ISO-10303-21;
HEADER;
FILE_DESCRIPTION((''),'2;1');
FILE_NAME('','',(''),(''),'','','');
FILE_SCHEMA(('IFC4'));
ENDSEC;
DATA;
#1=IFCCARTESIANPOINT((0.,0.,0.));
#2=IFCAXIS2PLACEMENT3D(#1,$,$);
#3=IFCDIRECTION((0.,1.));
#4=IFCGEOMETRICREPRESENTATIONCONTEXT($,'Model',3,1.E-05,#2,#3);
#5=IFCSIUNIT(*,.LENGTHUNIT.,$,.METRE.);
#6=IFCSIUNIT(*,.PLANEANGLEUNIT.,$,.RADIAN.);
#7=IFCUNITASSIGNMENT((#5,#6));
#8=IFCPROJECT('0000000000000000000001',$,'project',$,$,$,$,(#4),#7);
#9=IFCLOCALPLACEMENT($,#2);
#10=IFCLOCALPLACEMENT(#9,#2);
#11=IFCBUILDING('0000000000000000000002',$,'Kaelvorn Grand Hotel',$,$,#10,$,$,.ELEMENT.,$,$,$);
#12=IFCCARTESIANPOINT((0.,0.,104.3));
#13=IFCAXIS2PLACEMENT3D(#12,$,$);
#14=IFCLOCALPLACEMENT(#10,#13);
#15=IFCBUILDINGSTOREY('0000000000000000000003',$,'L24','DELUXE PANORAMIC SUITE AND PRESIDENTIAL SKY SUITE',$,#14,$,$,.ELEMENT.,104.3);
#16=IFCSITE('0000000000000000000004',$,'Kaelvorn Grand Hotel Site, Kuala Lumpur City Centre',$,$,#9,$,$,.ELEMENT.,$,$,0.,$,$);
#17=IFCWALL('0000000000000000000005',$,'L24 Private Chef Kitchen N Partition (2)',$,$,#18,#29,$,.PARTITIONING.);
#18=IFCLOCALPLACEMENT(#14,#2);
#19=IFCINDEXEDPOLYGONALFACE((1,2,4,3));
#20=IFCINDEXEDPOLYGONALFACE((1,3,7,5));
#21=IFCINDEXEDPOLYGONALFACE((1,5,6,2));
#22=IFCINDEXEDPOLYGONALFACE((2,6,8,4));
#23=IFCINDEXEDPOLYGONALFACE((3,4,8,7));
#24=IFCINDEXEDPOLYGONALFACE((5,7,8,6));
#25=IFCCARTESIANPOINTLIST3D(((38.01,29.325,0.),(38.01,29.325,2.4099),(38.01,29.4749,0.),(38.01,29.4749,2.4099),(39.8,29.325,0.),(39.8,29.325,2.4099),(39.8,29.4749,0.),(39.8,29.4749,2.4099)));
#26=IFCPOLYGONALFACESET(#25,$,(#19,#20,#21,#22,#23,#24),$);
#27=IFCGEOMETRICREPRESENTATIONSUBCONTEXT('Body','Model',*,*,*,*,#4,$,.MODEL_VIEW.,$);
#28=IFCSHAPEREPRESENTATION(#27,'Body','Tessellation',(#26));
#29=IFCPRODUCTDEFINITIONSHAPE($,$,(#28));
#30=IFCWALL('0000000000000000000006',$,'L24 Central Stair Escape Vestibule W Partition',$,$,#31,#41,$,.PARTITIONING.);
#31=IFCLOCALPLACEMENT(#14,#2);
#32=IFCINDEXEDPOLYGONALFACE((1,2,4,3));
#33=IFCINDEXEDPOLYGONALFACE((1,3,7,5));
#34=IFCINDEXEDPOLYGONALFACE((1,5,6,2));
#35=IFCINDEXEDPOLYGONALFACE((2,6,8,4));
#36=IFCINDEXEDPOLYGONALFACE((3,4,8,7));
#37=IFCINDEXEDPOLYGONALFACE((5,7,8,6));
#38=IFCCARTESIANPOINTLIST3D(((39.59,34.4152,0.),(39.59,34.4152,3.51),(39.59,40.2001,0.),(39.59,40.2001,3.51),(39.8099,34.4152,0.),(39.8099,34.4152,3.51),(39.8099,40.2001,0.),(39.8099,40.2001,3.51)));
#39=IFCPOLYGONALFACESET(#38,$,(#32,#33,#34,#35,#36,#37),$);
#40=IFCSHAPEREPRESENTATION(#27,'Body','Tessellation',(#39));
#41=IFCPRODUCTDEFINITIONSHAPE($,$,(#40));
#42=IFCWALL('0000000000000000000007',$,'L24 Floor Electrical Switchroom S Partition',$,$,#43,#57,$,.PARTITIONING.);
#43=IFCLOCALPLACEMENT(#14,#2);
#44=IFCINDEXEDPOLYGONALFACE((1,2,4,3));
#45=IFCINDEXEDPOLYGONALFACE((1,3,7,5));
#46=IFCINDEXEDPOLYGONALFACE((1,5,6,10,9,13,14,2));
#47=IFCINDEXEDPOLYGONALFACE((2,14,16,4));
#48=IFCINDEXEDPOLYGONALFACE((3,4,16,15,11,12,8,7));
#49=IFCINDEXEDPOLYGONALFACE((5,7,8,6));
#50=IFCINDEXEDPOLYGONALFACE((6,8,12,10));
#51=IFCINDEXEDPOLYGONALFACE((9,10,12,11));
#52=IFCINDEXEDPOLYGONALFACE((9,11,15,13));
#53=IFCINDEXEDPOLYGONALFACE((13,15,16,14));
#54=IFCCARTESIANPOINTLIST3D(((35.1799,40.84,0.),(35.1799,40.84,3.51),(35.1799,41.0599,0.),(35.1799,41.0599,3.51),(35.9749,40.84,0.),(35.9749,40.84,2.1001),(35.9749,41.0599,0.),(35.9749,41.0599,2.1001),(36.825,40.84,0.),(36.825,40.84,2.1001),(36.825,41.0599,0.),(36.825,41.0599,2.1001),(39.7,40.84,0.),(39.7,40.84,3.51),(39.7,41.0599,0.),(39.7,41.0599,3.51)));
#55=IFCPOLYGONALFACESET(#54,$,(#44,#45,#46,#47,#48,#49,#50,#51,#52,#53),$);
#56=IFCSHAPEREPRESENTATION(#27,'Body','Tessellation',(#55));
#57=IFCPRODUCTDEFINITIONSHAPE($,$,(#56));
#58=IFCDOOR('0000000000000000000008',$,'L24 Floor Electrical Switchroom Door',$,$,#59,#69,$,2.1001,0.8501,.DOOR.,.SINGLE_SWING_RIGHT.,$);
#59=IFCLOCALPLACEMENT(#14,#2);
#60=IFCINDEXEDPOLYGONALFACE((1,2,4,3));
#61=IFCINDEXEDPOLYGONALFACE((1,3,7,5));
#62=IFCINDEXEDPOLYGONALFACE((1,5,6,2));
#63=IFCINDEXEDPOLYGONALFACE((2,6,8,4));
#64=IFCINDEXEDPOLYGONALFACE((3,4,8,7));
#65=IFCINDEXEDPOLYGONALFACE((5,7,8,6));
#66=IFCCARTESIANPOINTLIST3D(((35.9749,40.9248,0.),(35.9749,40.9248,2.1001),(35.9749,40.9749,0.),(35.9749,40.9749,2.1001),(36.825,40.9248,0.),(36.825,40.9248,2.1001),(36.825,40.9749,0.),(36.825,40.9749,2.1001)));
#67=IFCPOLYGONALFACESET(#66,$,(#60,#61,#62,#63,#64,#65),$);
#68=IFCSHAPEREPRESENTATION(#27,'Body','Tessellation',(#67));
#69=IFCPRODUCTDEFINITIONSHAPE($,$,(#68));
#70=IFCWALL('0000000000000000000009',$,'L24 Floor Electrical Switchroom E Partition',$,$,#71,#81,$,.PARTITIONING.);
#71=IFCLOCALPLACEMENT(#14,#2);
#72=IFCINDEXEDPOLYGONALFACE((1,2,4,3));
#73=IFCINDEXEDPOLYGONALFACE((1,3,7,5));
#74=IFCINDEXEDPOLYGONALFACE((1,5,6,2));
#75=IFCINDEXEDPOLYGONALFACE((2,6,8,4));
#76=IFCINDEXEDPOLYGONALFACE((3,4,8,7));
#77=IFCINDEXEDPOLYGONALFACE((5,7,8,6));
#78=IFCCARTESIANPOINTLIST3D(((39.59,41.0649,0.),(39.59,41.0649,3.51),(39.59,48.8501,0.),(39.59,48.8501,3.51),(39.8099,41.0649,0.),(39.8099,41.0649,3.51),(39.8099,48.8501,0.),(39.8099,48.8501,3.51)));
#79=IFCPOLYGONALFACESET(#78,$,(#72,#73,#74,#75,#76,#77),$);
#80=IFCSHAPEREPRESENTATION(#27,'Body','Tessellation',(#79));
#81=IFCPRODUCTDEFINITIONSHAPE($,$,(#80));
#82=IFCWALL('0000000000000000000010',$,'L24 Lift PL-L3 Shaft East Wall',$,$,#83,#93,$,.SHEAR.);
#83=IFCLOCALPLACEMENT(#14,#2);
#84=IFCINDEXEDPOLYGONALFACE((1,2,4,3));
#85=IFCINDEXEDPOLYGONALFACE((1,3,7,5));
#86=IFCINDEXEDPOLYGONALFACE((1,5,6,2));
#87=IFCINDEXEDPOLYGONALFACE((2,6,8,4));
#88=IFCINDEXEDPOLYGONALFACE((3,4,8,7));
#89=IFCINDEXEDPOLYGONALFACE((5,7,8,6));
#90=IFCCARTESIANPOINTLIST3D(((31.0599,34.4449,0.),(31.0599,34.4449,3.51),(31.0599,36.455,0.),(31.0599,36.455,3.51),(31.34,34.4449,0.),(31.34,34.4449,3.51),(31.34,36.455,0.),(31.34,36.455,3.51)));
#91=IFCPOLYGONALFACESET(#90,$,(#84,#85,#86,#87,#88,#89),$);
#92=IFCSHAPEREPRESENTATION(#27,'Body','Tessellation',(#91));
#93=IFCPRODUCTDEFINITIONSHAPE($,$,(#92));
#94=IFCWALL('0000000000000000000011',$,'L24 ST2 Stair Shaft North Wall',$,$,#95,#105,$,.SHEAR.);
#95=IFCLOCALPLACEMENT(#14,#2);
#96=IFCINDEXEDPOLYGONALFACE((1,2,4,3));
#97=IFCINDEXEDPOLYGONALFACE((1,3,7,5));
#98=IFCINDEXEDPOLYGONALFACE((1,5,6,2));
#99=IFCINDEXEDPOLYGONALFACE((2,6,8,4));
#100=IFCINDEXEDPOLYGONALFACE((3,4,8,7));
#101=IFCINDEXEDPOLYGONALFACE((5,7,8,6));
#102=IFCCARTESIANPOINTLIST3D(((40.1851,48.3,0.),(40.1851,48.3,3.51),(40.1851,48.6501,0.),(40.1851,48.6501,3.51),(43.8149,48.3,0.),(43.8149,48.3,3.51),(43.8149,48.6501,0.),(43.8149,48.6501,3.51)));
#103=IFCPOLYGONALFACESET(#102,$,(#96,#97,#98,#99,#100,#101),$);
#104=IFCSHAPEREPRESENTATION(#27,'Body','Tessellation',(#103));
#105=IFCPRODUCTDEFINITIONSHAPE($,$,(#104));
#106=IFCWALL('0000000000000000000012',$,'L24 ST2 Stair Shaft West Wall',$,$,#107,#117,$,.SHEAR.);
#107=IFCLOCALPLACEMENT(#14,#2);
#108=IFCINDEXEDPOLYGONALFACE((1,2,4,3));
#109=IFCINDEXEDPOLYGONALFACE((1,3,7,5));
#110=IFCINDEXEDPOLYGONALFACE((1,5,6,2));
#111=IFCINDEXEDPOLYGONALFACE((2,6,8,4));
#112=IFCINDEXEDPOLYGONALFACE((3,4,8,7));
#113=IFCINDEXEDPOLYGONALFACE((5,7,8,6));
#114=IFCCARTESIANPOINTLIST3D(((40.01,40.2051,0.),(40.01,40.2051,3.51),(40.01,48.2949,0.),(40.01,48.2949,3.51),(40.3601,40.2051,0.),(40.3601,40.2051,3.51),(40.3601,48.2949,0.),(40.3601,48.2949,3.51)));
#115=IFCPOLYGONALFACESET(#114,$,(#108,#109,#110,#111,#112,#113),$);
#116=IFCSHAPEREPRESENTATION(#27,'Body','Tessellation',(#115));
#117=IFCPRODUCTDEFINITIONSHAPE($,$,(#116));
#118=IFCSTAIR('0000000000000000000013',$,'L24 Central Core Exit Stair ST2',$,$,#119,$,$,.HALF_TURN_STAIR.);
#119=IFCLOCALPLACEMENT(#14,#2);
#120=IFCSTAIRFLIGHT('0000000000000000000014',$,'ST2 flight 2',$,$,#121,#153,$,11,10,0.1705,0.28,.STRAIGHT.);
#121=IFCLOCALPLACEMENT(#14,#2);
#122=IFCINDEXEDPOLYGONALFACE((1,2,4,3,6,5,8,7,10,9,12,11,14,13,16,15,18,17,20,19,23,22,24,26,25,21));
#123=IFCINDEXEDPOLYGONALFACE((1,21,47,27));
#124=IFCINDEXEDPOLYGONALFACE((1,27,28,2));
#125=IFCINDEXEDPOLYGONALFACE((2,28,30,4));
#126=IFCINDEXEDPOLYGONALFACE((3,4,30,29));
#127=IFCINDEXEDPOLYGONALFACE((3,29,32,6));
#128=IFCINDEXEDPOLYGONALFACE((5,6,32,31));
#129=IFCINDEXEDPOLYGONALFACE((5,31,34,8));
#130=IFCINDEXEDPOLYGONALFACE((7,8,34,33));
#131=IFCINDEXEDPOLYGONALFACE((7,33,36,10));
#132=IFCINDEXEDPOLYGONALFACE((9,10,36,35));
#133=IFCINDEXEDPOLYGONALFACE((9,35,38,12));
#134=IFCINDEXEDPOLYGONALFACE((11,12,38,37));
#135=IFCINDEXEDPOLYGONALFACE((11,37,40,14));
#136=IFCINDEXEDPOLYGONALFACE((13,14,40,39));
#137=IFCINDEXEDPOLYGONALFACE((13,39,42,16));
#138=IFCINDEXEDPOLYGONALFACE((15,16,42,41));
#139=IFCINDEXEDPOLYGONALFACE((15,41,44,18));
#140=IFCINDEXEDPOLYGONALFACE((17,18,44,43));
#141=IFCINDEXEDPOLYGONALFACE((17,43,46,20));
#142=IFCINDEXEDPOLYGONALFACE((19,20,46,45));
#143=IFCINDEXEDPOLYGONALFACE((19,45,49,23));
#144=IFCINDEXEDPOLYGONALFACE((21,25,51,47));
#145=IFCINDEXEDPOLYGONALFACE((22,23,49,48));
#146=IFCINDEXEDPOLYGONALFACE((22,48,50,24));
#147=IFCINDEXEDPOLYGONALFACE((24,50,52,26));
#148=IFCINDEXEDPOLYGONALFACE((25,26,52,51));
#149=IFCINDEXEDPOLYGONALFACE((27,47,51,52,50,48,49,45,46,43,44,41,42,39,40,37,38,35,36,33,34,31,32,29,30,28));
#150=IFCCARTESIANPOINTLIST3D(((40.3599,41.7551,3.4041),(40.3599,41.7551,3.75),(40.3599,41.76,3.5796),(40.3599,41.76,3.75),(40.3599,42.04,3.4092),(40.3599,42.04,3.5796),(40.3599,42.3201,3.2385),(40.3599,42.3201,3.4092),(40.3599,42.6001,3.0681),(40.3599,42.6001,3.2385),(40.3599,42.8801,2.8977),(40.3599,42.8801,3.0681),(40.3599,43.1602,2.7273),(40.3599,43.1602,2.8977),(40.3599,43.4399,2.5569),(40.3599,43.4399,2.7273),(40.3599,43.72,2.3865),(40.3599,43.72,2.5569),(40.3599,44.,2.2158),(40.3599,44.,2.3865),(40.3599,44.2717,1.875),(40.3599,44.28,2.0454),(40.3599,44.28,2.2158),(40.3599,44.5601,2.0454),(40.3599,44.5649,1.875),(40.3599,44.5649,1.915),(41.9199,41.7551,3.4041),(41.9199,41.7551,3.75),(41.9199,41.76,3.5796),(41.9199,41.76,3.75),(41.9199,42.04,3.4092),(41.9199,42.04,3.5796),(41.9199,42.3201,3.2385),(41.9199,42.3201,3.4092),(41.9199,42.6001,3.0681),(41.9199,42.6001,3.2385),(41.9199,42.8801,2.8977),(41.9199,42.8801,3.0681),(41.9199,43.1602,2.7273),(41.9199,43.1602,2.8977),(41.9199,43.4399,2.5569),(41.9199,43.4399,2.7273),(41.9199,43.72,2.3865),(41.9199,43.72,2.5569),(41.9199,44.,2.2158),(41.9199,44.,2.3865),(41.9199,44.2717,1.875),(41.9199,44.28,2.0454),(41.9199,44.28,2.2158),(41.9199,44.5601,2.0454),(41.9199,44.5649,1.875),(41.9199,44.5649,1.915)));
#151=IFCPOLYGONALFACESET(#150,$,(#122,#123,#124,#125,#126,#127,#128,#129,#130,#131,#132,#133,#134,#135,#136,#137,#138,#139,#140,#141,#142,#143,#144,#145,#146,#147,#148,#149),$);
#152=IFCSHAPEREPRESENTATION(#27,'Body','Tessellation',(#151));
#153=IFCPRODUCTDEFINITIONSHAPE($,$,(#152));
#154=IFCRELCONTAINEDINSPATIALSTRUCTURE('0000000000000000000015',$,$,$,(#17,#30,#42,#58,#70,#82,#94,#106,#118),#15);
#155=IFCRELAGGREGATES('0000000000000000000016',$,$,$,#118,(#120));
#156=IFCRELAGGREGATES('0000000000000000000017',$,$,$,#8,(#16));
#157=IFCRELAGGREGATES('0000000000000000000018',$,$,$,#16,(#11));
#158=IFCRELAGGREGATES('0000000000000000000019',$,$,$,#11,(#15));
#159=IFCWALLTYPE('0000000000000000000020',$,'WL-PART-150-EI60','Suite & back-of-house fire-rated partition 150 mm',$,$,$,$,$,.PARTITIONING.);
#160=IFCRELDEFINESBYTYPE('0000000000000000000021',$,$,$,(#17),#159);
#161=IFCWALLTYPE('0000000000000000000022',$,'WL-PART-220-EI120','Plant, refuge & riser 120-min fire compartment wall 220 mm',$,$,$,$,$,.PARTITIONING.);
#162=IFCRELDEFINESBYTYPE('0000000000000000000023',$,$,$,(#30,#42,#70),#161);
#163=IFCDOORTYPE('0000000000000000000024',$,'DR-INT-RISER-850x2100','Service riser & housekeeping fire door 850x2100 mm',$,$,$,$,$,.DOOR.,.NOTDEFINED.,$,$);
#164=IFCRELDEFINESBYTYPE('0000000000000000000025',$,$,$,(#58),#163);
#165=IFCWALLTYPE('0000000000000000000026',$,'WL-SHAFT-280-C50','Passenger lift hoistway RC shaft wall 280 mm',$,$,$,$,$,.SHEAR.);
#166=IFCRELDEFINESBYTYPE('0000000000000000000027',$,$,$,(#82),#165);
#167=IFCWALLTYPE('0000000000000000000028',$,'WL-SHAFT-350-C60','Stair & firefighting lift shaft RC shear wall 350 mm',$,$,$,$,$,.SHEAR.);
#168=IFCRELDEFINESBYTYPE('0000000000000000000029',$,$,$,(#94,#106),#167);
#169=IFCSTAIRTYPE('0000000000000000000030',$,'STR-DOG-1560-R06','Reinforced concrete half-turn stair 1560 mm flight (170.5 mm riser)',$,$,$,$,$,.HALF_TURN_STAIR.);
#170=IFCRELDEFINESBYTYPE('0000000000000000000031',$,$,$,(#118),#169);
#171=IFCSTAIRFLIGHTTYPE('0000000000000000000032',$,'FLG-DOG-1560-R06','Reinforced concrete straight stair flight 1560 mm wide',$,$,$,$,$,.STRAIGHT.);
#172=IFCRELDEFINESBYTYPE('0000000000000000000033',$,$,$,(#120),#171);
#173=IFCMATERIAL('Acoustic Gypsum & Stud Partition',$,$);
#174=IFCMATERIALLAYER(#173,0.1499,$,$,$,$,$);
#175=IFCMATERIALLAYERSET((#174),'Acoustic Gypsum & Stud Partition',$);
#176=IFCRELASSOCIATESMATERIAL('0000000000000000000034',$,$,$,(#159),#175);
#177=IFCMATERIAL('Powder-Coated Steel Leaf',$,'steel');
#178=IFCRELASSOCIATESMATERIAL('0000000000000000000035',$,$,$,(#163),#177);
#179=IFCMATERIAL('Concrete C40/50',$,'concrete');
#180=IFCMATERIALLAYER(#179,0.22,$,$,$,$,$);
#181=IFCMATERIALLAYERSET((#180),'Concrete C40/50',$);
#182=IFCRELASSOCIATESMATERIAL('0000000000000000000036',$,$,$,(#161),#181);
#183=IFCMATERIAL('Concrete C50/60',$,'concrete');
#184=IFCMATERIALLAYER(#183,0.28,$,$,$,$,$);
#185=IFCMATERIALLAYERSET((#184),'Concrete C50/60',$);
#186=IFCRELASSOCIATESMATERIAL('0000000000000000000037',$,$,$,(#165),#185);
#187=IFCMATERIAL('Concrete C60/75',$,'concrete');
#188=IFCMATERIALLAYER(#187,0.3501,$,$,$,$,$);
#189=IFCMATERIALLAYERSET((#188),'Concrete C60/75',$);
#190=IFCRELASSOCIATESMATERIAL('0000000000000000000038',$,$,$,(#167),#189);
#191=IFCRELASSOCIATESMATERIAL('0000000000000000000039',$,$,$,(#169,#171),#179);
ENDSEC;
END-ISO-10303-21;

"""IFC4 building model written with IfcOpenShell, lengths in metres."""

from ifc_helpers import new_model, si_unit, direction, frame, frame_2d, origin, place, context, subcontext, project, spatial, polyline, rectangle, outline, extrude, material, layer, layer_set, type_object, element, fill, aggregate, save


model = new_model("IFC4")

# Units and contexts
model_context = context("Model", 3, precision=1e-05, world=origin(), true_north=direction((0.0, 1.0)))
body_context = subcontext(model_context, "Body", "Model", "MODEL_VIEW")
ifc_project = project(units=[si_unit("LENGTHUNIT", "METRE"), si_unit("PLANEANGLEUNIT", "RADIAN")], contexts=[model_context])

# Site, building, storey
site_placement = place(None, origin())
site = spatial("IfcSite", under=ifc_project, at=site_placement, Name="Kaelvorn Grand Hotel Site, Kuala Lumpur City Centre", CompositionType="ELEMENT", RefElevation=0.0)
building_placement = place(site_placement, origin())
building = spatial("IfcBuilding", under=site, at=building_placement, Name="Kaelvorn Grand Hotel", CompositionType="ELEMENT")
storey_placement = place(building_placement, frame((0.0, 0.0, 104.3)))
storey = spatial("IfcBuildingStorey", under=building, at=storey_placement, Name="L24", Description="DELUXE PANORAMIC SUITE AND PRESIDENTIAL SKY SUITE", CompositionType="ELEMENT", Elevation=104.3)

# Shared definitions
ifc_material_1 = material(Name="Concrete C60/75", Category="concrete")

# Shared definitions
ifc_material_2 = material(Name="Acoustic Gypsum & Stud Partition")
ifc_layer_1 = layer(ifc_material_2, 0.1499)
ifc_layer_set_1 = layer_set([ifc_layer_1], Name="Acoustic Gypsum & Stud Partition")
wall_type_1 = type_object("IfcWallType", Name="WL-PART-150-EI60", Description="Suite & back-of-house fire-rated partition 150 mm", PredefinedType="PARTITIONING", material=ifc_layer_set_1)
ifc_material_3 = material(Name="Powder-Coated Steel Leaf", Category="steel")
door_type_1 = type_object("IfcDoorType", Name="DR-INT-RISER-850x2100", Description="Service riser & housekeeping fire door 850x2100 mm", OperationType="NOTDEFINED", PredefinedType="DOOR", material=ifc_material_3)

# Wall
wall_1_placement = place(storey_placement, frame((38.01, 29.3999, 0.0), z_axis=(0.0, 0.0, 1.0), x_axis=(1.0, 0.0, 0.0)))
element("IfcWall", 1, at=wall_1_placement, inside=storey, type_object=wall_type_1, Name="L24 Private Chef Kitchen N Partition (2)", PredefinedType="PARTITIONING", context=body_context, shape_type="SweptSolid", body=[
    extrude(rectangle(XDim=1.79, YDim=0.1499, at=frame_2d((0.895, 0.0))), origin(), (0.0, 0.0, 1.0), 2.4099),
])

# Shared definitions
ifc_material_4 = material(Name="Concrete C40/50", Category="concrete")
ifc_layer_2 = layer(ifc_material_4, 0.22)
ifc_layer_set_2 = layer_set([ifc_layer_2], Name="Concrete C40/50")
wall_type_2 = type_object("IfcWallType", Name="WL-PART-220-EI120", Description="Plant, refuge & riser 120-min fire compartment wall 220 mm", PredefinedType="PARTITIONING", material=ifc_layer_set_2)

# Wall
wall_2_placement = place(storey_placement, frame((39.7, 34.415, 0.0), z_axis=(0.0, 0.0, 1.0), x_axis=(0.0, 1.0, 0.0)))
element("IfcWall", 2, at=wall_2_placement, inside=storey, type_object=wall_type_2, Name="L24 Central Stair Escape Vestibule W Partition", PredefinedType="PARTITIONING", context=body_context, shape_type="SweptSolid", body=[
    extrude(rectangle(XDim=5.7849, YDim=0.22, at=frame_2d((2.8926, 0.0))), origin(), (0.0, 0.0, 1.0), 3.51),
])

# Wall, opening, door
wall_3_placement = place(storey_placement, frame((35.1799, 40.95, 0.0), z_axis=(0.0, 0.0, 1.0), x_axis=(1.0, 0.0, 0.0)))
wall_3 = element("IfcWall", 3, at=wall_3_placement, inside=storey, type_object=wall_type_2, Name="L24 Floor Electrical Switchroom S Partition", PredefinedType="PARTITIONING", context=body_context, shape_type="SweptSolid", body=[
    extrude(rectangle(XDim=4.52, YDim=0.22, at=frame_2d((2.26, 0.0))), origin(), (0.0, 0.0, 1.0), 3.51),
])
opening_1_placement = place(wall_3_placement, frame((0.7949, 0.0, 0.0)))
opening_1 = element("IfcOpeningElement", 4, at=opening_1_placement, cuts=wall_3, PredefinedType="OPENING", context=body_context, shape_type="SweptSolid", body=[
    extrude(rectangle(XDim=0.8501, YDim=2.1001, at=frame_2d((0.425, 1.05))), frame((0.0, 0.1201, 0.0), z_axis=(0.0, -1.0, 0.0), x_axis=(1.0, 0.0, 0.0)), (0.0, 0.0, 1.0), 0.24),
])
door_1_placement = place(opening_1_placement, origin())
door_1 = element("IfcDoor", 5, at=door_1_placement, inside=storey, type_object=door_type_1, Name="L24 Floor Electrical Switchroom Door", OperationType="SINGLE_SWING_RIGHT", OverallHeight=2.1001, OverallWidth=0.8501, PredefinedType="DOOR", context=body_context, shape_type="SweptSolid", body=[
    extrude(rectangle(XDim=0.8501, YDim=2.1001, at=frame_2d((0.425, 1.05))), frame((0.0, 0.0249, 0.0), z_axis=(0.0, -1.0, 0.0), x_axis=(1.0, 0.0, 0.0)), (0.0, 0.0, 1.0), 0.05),
])
fill(opening_1, door_1)

# Walls
wall_4_placement = place(storey_placement, frame((39.7, 41.0649, 0.0), z_axis=(0.0, 0.0, 1.0), x_axis=(0.0, 1.0, 0.0)))
element("IfcWall", 6, at=wall_4_placement, inside=storey, type_object=wall_type_2, Name="L24 Floor Electrical Switchroom E Partition", PredefinedType="PARTITIONING", context=body_context, shape_type="SweptSolid", body=[
    extrude(rectangle(XDim=7.7852, YDim=0.22, at=frame_2d((3.8926, 0.0))), origin(), (0.0, 0.0, 1.0), 3.51),
])
ifc_material_5 = material(Name="Concrete C50/60", Category="concrete")
ifc_layer_3 = layer(ifc_material_5, 0.28)
ifc_layer_set_3 = layer_set([ifc_layer_3], Name="Concrete C50/60")
wall_type_3 = type_object("IfcWallType", Name="WL-SHAFT-280-C50", Description="Passenger lift hoistway RC shaft wall 280 mm", PredefinedType="SHEAR", material=ifc_layer_set_3)
wall_5_placement = place(storey_placement, frame((31.2, 34.4451, 0.0), z_axis=(0.0, 0.0, 1.0), x_axis=(0.0, 1.0, 0.0)))
element("IfcWall", 7, at=wall_5_placement, inside=storey, type_object=wall_type_3, Name="L24 Lift PL-L3 Shaft East Wall", PredefinedType="SHEAR", context=body_context, shape_type="SweptSolid", body=[
    extrude(rectangle(XDim=2.01, YDim=0.28, at=frame_2d((1.0049, 0.0))), origin(), (0.0, 0.0, 1.0), 3.51),
])

# Shared definitions
ifc_layer_4 = layer(ifc_material_1, 0.3501)
ifc_layer_set_4 = layer_set([ifc_layer_4], Name="Concrete C60/75")
wall_type_4 = type_object("IfcWallType", Name="WL-SHAFT-350-C60", Description="Stair & firefighting lift shaft RC shear wall 350 mm", PredefinedType="SHEAR", material=ifc_layer_set_4)

# Walls
wall_6_placement = place(storey_placement, frame((40.1851, 48.4751, 0.0), z_axis=(0.0, 0.0, 1.0), x_axis=(1.0, 0.0, 0.0)))
element("IfcWall", 8, at=wall_6_placement, inside=storey, type_object=wall_type_4, Name="L24 ST2 Stair Shaft North Wall", PredefinedType="SHEAR", context=body_context, shape_type="SweptSolid", body=[
    extrude(rectangle(XDim=3.6299, YDim=0.3501, at=frame_2d((1.8149, 0.0))), origin(), (0.0, 0.0, 1.0), 3.51),
])
wall_7_placement = place(storey_placement, frame((40.1851, 40.2051, 0.0), z_axis=(0.0, 0.0, 1.0), x_axis=(0.0, 1.0, 0.0)))
element("IfcWall", 9, at=wall_7_placement, inside=storey, type_object=wall_type_4, Name="L24 ST2 Stair Shaft West Wall", PredefinedType="SHEAR", context=body_context, shape_type="SweptSolid", body=[
    extrude(rectangle(XDim=8.0898, YDim=0.3501, at=frame_2d((4.0449, 0.0))), origin(), (0.0, 0.0, 1.0), 3.51),
])

# Stair, stair flight
stair_type = type_object("IfcStairType", Name="STR-DOG-1560-R06", Description="Reinforced concrete half-turn stair 1560 mm flight (170.5 mm riser)", PredefinedType="HALF_TURN_STAIR", material=ifc_material_4)
stair_placement = place(storey_placement, origin())
stair = element("IfcStair", 10, at=stair_placement, inside=storey, type_object=stair_type, Name="L24 Central Core Exit Stair ST2", PredefinedType="HALF_TURN_STAIR")
stair_flight_type = type_object("IfcStairFlightType", Name="FLG-DOG-1560-R06", Description="Reinforced concrete straight stair flight 1560 mm wide", PredefinedType="STRAIGHT", material=ifc_material_4)
stair_flight_placement = place(storey_placement, frame((41.1399, 44.5601, 1.875), z_axis=(0.0, 0.0, 1.0), x_axis=(0.0, -1.0, 0.0)))
stair_flight = element("IfcStairFlight", 11, at=stair_flight_placement, type_object=stair_flight_type, Name="ST2 flight 2", NumberOfRisers=11, NumberOfTreads=10, PredefinedType="STRAIGHT", RiserHeight=0.1705, TreadLength=0.28, context=body_context, shape_type="SweptSolid", body=[
    extrude(outline(polyline([(-0.0049, 0.0), (-0.0049, 0.04), (0.0, 0.1704), (0.28, 0.1704), (0.28, 0.3408), (0.5601, 0.3408), (0.5601, 0.5115), (0.8401, 0.5115), (0.8401, 0.6819), (1.1201, 0.6819), (1.1201, 0.8523), (1.3999, 0.8523), (1.3999, 1.0227), (1.6799, 1.0227), (1.6799, 1.1931), (1.96, 1.1931), (1.96, 1.3635), (2.24, 1.3635), (2.24, 1.5342), (2.52, 1.5342), (2.52, 1.7046), (2.8, 1.7046), (2.8, 1.875), (2.8049, 1.875), (2.8049, 1.5291), (0.2883, 0.0), (-0.0049, 0.0)])), frame((0.0, 0.78, 0.0), z_axis=(0.0, -1.0, 0.0), x_axis=(1.0, 0.0, 0.0)), (0.0, 0.0, 1.0), 1.5601),
])
aggregate(stair, [stair_flight])

save(model, "model.ifc")
